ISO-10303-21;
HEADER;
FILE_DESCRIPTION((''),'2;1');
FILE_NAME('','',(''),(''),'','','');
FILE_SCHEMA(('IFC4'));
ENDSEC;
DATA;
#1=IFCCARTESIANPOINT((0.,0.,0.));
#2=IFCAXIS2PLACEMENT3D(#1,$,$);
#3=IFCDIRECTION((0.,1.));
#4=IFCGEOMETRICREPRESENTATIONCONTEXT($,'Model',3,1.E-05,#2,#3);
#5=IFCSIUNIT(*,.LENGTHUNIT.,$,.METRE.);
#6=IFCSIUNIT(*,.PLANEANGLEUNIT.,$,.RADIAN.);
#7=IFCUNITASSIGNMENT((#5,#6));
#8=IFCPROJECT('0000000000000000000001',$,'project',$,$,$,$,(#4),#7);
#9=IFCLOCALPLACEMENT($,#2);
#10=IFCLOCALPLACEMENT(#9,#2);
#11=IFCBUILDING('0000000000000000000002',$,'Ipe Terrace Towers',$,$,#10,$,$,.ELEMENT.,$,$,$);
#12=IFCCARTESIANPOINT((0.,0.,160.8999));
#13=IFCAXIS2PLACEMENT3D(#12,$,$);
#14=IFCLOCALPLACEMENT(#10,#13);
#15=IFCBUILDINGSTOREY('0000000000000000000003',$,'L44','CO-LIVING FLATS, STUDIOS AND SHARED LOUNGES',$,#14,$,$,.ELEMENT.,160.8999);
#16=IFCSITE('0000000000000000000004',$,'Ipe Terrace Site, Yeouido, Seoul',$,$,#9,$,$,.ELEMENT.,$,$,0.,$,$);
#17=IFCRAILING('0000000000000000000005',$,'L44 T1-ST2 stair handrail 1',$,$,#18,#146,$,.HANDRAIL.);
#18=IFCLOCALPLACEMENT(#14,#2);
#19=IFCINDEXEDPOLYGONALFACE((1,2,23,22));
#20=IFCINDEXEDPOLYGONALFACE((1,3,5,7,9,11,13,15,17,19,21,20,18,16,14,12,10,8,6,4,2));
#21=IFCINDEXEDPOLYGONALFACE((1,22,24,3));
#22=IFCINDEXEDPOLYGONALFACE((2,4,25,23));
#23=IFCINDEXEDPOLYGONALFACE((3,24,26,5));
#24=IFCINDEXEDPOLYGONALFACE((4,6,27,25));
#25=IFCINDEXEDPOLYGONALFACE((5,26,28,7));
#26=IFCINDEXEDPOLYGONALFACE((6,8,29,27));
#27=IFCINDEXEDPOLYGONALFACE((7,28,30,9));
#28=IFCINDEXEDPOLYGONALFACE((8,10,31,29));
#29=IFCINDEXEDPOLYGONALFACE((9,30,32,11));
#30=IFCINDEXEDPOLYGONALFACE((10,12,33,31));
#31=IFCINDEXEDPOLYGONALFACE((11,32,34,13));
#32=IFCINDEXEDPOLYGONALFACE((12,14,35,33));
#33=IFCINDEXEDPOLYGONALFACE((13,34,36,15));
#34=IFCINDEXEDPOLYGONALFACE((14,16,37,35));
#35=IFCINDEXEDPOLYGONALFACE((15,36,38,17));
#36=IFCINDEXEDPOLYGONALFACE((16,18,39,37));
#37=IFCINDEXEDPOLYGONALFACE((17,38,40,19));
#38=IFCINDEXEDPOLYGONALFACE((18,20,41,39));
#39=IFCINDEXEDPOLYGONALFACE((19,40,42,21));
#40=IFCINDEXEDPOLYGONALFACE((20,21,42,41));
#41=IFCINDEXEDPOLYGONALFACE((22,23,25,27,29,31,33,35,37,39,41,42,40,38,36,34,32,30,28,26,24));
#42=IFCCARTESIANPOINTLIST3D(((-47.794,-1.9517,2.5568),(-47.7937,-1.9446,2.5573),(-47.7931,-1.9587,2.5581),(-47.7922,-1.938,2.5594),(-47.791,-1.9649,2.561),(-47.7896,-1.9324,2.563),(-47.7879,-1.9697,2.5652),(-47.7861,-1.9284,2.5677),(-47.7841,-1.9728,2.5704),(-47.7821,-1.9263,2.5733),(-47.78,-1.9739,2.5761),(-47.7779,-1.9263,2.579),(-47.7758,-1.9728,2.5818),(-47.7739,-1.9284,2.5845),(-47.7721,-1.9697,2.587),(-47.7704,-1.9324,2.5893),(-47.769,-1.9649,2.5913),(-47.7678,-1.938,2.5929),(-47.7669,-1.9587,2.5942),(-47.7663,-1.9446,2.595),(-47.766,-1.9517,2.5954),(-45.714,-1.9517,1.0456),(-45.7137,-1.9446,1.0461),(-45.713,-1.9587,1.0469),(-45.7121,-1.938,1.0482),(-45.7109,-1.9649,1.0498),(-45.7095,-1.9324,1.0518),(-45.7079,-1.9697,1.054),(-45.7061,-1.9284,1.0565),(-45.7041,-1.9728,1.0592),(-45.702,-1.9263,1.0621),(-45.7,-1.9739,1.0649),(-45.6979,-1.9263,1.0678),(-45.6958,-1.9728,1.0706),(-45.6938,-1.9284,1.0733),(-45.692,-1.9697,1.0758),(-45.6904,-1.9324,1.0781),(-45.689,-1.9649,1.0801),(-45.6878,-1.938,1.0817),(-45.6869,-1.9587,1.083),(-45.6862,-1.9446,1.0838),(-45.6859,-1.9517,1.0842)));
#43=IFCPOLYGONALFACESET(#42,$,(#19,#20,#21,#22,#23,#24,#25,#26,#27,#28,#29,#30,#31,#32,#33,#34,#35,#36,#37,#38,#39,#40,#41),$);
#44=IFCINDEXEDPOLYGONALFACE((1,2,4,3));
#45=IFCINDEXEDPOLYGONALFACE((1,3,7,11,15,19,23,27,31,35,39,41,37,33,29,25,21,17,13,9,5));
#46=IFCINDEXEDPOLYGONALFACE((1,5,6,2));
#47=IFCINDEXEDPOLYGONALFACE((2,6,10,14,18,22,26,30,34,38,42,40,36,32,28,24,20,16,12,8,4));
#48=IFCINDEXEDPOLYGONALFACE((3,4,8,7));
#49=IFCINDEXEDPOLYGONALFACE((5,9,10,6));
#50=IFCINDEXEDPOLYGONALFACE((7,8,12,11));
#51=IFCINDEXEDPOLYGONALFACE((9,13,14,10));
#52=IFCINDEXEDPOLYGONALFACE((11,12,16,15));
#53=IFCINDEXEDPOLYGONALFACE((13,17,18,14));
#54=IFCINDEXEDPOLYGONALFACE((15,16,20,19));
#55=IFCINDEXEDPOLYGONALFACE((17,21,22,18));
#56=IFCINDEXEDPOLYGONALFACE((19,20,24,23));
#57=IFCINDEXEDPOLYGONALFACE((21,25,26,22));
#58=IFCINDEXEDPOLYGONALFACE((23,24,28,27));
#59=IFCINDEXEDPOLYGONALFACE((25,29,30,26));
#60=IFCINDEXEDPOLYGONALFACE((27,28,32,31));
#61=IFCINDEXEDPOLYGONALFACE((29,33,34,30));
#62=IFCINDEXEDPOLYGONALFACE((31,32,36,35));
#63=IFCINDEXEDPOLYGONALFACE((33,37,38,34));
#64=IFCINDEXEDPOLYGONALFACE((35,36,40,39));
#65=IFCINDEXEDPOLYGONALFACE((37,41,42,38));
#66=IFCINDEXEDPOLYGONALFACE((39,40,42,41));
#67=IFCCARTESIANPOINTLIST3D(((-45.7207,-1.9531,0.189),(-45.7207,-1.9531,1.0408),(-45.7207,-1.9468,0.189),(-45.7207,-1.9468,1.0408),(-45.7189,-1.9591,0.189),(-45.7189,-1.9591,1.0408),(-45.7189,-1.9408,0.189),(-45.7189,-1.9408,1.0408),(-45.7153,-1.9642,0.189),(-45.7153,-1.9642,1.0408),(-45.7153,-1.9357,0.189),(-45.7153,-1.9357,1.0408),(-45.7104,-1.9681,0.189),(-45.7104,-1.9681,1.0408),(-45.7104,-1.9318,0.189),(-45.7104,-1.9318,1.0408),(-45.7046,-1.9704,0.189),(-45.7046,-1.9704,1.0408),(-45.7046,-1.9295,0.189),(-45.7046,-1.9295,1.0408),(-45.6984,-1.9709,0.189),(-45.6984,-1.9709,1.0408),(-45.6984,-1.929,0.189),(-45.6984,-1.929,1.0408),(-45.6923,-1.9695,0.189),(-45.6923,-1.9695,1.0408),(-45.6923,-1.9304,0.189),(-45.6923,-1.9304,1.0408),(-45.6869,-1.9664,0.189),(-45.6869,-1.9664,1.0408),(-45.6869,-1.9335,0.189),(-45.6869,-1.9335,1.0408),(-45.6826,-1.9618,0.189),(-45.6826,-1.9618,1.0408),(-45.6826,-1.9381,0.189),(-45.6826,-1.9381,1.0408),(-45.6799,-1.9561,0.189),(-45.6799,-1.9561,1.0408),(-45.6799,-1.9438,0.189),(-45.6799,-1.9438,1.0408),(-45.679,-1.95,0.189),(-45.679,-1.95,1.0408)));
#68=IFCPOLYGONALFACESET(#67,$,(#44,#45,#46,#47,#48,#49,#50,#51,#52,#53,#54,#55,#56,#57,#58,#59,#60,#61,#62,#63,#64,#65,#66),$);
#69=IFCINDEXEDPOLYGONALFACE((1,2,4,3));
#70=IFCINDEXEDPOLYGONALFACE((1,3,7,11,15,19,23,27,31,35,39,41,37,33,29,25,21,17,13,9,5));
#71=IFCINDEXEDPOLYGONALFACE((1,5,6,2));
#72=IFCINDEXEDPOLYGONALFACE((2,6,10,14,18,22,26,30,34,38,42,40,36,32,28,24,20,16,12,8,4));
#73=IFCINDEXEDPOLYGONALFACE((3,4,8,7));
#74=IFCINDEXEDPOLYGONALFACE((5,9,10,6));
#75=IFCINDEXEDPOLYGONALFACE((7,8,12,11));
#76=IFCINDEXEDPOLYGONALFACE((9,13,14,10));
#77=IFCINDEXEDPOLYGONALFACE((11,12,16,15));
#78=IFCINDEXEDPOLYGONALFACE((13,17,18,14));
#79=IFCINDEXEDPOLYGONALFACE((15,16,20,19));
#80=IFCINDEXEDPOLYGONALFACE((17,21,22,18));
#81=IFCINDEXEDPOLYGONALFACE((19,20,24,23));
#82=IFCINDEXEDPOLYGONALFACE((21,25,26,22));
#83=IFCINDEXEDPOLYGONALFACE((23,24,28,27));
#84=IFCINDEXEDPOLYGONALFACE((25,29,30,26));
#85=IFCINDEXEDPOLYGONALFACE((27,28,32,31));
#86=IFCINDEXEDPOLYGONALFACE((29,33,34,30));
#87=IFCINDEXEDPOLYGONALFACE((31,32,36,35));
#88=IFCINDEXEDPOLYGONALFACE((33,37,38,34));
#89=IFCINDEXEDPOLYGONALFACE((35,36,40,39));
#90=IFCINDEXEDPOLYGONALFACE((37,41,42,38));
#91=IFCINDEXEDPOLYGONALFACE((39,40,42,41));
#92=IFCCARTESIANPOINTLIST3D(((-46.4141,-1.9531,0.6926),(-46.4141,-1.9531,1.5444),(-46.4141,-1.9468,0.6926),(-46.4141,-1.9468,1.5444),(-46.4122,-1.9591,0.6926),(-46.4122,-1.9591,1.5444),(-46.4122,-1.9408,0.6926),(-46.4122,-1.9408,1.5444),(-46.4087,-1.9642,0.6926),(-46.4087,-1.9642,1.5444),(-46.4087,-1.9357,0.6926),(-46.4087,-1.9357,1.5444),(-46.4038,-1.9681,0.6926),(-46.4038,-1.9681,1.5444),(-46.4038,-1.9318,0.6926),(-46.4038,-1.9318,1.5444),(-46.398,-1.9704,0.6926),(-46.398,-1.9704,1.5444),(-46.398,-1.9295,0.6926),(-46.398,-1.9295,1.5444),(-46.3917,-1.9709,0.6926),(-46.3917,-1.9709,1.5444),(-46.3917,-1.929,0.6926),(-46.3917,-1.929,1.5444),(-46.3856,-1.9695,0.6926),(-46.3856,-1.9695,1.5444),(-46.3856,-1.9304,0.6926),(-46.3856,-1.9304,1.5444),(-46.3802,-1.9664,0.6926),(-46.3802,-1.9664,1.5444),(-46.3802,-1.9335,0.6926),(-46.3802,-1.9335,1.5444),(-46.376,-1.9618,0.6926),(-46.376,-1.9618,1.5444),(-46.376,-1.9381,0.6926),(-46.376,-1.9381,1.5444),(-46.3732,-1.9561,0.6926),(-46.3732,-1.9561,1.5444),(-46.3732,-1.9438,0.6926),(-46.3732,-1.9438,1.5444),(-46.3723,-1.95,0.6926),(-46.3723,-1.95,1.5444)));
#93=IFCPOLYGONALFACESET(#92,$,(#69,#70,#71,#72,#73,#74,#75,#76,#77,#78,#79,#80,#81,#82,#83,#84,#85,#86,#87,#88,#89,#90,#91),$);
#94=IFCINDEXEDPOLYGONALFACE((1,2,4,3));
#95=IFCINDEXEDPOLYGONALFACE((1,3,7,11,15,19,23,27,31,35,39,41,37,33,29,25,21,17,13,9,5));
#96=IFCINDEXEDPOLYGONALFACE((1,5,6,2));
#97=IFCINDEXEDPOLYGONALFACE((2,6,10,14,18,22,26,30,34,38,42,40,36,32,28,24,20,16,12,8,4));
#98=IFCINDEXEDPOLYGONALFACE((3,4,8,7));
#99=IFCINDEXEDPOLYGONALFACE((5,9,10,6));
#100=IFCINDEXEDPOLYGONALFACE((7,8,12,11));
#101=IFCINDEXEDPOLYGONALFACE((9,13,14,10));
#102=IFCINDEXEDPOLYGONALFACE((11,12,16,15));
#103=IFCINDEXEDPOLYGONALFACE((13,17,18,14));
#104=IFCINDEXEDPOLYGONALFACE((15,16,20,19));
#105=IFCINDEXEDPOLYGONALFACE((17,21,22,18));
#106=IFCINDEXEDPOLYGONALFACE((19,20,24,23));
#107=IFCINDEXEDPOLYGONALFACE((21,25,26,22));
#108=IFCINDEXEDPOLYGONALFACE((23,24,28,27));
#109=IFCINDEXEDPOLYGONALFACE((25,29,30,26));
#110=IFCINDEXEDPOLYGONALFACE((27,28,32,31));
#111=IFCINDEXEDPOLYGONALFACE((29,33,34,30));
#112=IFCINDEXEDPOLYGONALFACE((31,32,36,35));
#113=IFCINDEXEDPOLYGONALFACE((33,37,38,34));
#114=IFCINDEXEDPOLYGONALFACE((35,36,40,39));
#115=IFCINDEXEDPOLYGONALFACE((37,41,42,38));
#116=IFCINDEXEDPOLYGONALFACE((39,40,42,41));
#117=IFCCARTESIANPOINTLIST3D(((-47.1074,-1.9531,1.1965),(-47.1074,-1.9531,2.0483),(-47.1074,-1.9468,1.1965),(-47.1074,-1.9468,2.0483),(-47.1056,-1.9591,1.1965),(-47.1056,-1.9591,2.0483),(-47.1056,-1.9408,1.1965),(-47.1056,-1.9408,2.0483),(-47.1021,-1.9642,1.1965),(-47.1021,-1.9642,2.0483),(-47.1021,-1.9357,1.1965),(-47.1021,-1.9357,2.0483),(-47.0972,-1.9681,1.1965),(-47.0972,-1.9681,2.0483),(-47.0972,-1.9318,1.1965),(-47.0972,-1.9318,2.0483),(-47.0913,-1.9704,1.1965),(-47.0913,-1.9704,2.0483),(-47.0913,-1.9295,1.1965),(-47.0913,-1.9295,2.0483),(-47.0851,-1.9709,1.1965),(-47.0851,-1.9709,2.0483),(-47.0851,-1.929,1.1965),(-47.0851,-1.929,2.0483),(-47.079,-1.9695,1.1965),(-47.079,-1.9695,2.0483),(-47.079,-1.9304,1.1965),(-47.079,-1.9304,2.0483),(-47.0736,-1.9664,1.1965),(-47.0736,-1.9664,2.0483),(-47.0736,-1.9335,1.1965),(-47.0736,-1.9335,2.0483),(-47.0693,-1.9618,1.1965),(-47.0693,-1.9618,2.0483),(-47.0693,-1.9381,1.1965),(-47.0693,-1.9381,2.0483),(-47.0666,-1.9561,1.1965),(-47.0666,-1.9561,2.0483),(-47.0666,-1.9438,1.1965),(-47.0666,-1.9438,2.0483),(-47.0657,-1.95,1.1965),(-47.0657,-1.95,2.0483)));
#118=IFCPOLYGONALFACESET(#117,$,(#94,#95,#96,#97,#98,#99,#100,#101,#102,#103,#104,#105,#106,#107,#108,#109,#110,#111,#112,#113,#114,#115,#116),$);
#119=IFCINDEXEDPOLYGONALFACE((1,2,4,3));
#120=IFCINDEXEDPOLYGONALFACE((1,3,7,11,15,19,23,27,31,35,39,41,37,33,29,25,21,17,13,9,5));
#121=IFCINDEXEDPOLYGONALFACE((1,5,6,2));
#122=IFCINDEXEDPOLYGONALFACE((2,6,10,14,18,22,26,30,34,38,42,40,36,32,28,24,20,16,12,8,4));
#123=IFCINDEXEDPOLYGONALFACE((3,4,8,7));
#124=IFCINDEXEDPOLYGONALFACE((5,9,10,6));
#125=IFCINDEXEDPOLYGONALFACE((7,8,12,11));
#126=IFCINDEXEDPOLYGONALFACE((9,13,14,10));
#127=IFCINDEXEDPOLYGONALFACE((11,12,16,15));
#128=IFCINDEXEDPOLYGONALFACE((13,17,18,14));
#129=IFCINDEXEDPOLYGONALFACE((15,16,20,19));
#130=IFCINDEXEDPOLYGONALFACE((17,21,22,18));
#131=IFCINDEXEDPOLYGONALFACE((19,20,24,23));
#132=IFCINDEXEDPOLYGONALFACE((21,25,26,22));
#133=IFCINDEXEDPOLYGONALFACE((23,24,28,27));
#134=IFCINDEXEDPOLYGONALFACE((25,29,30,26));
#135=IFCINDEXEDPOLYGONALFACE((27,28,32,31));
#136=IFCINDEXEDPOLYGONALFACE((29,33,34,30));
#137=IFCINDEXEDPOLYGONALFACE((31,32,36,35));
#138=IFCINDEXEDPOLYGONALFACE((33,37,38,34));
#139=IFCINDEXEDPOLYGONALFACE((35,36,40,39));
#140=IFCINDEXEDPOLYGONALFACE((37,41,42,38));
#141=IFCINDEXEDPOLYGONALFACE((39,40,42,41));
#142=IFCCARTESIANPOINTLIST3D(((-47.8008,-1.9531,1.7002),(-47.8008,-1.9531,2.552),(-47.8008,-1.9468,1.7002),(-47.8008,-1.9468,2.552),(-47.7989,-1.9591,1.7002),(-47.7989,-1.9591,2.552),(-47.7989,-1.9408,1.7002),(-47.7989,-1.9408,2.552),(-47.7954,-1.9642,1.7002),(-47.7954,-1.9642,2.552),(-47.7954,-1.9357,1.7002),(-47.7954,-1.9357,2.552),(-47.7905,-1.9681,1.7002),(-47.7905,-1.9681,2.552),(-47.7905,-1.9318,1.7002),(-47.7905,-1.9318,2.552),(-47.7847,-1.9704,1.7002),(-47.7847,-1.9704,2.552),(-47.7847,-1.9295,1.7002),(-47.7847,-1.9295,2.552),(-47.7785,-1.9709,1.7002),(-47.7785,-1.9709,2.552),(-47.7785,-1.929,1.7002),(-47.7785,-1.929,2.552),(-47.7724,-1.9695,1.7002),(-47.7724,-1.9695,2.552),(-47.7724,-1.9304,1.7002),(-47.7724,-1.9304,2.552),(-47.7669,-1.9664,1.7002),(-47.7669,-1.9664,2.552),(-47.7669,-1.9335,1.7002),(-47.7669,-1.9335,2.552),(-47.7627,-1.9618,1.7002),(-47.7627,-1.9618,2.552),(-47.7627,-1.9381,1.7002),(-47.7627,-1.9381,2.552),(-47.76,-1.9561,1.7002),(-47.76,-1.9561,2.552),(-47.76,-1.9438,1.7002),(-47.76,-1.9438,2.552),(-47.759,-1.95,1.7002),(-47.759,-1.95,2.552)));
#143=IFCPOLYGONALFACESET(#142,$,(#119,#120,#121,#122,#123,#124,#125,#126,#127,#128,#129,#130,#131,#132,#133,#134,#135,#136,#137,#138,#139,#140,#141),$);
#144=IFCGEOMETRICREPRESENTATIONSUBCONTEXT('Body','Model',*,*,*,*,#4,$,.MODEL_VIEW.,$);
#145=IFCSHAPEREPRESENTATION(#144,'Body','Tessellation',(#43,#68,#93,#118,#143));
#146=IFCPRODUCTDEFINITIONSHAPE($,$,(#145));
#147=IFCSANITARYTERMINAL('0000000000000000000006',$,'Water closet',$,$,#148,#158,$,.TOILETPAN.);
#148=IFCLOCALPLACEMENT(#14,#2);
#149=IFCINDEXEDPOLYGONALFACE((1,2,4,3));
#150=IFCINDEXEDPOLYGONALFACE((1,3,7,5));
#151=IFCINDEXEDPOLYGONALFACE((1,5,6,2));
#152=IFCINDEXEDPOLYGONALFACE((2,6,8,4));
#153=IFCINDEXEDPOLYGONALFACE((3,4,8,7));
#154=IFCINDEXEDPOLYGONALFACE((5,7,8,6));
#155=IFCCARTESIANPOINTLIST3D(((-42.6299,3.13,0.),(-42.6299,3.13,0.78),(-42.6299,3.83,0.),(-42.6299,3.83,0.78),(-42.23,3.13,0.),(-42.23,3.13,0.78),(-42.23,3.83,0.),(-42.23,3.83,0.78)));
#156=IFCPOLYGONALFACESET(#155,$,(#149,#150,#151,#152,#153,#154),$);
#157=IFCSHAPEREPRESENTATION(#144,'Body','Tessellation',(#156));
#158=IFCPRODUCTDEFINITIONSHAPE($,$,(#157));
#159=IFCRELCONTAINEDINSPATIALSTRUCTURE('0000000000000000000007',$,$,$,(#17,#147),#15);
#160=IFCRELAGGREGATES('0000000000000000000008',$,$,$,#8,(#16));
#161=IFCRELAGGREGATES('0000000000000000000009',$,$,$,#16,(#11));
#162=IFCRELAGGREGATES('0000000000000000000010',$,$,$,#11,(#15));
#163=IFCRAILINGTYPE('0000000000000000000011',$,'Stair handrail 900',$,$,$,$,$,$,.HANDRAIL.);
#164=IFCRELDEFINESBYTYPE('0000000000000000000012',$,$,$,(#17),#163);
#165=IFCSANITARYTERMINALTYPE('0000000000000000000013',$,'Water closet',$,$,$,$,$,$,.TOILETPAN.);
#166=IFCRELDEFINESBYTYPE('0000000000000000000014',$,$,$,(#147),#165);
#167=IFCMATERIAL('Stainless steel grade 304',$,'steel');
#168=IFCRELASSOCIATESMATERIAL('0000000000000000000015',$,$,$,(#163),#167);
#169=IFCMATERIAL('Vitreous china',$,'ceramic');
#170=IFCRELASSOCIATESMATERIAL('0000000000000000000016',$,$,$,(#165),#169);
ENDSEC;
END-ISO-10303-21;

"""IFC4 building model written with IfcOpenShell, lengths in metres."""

from ifc_helpers import new_model, si_unit, direction, frame, origin, origin_2d, place, context, subcontext, project, spatial, rectangle, circle, extrude, material, type_object, element, save


model = new_model("IFC4")

# Units and contexts
model_context = context("Model", 3, precision=1e-05, world=origin(), true_north=direction((0.0, 1.0)))
body_context = subcontext(model_context, "Body", "Model", "MODEL_VIEW")
ifc_project = project(units=[si_unit("LENGTHUNIT", "METRE"), si_unit("PLANEANGLEUNIT", "RADIAN")], contexts=[model_context])

# Site, building, storey
site_placement = place(None, origin())
site = spatial("IfcSite", under=ifc_project, at=site_placement, Name="Ipe Terrace Site, Yeouido, Seoul", CompositionType="ELEMENT", RefElevation=0.0)
building_placement = place(site_placement, origin())
building = spatial("IfcBuilding", under=site, at=building_placement, Name="Ipe Terrace Towers", CompositionType="ELEMENT")
storey_placement = place(building_placement, frame((0.0, 0.0, 160.8999)))
storey = spatial("IfcBuildingStorey", under=building, at=storey_placement, Name="L44", Description="CO-LIVING FLATS, STUDIOS AND SHARED LOUNGES", CompositionType="ELEMENT", Elevation=160.8999)

# Railing
ifc_material_1 = material(Name="Stainless steel grade 304", Category="steel")
railing_type = type_object("IfcRailingType", Name="Stair handrail 900", PredefinedType="HANDRAIL", material=ifc_material_1)
railing_placement = place(storey_placement, frame((-45.7, -1.95, 0.189)))
element("IfcRailing", 1, at=railing_placement, inside=storey, type_object=railing_type, Name="L44 T1-ST2 stair handrail 1", PredefinedType="HANDRAIL", context=body_context, shape_type="SweptSolid", body=[
    extrude(circle(Radius=0.0239, at=origin_2d()), frame((0.0, 0.0, 0.876), z_axis=(-0.809023, 0.0, 0.587776), x_axis=(0.0, -1.0, 0.0)), (0.0, 0.0, 1.0), 2.571),
    extrude(circle(Radius=0.021, at=origin_2d()), origin(), (0.0, 0.0, 1.0), 0.8518),
    extrude(circle(Radius=0.021, at=origin_2d()), frame((-0.6934, 0.0, 0.5037)), (0.0, 0.0, 1.0), 0.8518),
    extrude(circle(Radius=0.021, at=origin_2d()), frame((-1.3867, 0.0, 1.0076)), (0.0, 0.0, 1.0), 0.8518),
    extrude(circle(Radius=0.021, at=origin_2d()), frame((-2.0801, 0.0, 1.5112)), (0.0, 0.0, 1.0), 0.8518),
])

# Sanitary terminal
ifc_material_2 = material(Name="Vitreous china", Category="ceramic")
sanitary_terminal_type = type_object("IfcSanitaryTerminalType", Name="Water closet", PredefinedType="TOILETPAN", material=ifc_material_2)
sanitary_terminal_placement = place(storey_placement, frame((-42.4299, 3.48, 0.0), z_axis=(0.0, 0.0, 1.0), x_axis=(0.0, -1.0, 0.0)))
element("IfcSanitaryTerminal", 2, at=sanitary_terminal_placement, inside=storey, type_object=sanitary_terminal_type, Name="Water closet", PredefinedType="TOILETPAN", context=body_context, shape_type="SweptSolid", body=[
    extrude(rectangle(XDim=0.7, YDim=0.3999, at=origin_2d()), origin(), (0.0, 0.0, 1.0), 0.78),
])

save(model, "model.ifc")
